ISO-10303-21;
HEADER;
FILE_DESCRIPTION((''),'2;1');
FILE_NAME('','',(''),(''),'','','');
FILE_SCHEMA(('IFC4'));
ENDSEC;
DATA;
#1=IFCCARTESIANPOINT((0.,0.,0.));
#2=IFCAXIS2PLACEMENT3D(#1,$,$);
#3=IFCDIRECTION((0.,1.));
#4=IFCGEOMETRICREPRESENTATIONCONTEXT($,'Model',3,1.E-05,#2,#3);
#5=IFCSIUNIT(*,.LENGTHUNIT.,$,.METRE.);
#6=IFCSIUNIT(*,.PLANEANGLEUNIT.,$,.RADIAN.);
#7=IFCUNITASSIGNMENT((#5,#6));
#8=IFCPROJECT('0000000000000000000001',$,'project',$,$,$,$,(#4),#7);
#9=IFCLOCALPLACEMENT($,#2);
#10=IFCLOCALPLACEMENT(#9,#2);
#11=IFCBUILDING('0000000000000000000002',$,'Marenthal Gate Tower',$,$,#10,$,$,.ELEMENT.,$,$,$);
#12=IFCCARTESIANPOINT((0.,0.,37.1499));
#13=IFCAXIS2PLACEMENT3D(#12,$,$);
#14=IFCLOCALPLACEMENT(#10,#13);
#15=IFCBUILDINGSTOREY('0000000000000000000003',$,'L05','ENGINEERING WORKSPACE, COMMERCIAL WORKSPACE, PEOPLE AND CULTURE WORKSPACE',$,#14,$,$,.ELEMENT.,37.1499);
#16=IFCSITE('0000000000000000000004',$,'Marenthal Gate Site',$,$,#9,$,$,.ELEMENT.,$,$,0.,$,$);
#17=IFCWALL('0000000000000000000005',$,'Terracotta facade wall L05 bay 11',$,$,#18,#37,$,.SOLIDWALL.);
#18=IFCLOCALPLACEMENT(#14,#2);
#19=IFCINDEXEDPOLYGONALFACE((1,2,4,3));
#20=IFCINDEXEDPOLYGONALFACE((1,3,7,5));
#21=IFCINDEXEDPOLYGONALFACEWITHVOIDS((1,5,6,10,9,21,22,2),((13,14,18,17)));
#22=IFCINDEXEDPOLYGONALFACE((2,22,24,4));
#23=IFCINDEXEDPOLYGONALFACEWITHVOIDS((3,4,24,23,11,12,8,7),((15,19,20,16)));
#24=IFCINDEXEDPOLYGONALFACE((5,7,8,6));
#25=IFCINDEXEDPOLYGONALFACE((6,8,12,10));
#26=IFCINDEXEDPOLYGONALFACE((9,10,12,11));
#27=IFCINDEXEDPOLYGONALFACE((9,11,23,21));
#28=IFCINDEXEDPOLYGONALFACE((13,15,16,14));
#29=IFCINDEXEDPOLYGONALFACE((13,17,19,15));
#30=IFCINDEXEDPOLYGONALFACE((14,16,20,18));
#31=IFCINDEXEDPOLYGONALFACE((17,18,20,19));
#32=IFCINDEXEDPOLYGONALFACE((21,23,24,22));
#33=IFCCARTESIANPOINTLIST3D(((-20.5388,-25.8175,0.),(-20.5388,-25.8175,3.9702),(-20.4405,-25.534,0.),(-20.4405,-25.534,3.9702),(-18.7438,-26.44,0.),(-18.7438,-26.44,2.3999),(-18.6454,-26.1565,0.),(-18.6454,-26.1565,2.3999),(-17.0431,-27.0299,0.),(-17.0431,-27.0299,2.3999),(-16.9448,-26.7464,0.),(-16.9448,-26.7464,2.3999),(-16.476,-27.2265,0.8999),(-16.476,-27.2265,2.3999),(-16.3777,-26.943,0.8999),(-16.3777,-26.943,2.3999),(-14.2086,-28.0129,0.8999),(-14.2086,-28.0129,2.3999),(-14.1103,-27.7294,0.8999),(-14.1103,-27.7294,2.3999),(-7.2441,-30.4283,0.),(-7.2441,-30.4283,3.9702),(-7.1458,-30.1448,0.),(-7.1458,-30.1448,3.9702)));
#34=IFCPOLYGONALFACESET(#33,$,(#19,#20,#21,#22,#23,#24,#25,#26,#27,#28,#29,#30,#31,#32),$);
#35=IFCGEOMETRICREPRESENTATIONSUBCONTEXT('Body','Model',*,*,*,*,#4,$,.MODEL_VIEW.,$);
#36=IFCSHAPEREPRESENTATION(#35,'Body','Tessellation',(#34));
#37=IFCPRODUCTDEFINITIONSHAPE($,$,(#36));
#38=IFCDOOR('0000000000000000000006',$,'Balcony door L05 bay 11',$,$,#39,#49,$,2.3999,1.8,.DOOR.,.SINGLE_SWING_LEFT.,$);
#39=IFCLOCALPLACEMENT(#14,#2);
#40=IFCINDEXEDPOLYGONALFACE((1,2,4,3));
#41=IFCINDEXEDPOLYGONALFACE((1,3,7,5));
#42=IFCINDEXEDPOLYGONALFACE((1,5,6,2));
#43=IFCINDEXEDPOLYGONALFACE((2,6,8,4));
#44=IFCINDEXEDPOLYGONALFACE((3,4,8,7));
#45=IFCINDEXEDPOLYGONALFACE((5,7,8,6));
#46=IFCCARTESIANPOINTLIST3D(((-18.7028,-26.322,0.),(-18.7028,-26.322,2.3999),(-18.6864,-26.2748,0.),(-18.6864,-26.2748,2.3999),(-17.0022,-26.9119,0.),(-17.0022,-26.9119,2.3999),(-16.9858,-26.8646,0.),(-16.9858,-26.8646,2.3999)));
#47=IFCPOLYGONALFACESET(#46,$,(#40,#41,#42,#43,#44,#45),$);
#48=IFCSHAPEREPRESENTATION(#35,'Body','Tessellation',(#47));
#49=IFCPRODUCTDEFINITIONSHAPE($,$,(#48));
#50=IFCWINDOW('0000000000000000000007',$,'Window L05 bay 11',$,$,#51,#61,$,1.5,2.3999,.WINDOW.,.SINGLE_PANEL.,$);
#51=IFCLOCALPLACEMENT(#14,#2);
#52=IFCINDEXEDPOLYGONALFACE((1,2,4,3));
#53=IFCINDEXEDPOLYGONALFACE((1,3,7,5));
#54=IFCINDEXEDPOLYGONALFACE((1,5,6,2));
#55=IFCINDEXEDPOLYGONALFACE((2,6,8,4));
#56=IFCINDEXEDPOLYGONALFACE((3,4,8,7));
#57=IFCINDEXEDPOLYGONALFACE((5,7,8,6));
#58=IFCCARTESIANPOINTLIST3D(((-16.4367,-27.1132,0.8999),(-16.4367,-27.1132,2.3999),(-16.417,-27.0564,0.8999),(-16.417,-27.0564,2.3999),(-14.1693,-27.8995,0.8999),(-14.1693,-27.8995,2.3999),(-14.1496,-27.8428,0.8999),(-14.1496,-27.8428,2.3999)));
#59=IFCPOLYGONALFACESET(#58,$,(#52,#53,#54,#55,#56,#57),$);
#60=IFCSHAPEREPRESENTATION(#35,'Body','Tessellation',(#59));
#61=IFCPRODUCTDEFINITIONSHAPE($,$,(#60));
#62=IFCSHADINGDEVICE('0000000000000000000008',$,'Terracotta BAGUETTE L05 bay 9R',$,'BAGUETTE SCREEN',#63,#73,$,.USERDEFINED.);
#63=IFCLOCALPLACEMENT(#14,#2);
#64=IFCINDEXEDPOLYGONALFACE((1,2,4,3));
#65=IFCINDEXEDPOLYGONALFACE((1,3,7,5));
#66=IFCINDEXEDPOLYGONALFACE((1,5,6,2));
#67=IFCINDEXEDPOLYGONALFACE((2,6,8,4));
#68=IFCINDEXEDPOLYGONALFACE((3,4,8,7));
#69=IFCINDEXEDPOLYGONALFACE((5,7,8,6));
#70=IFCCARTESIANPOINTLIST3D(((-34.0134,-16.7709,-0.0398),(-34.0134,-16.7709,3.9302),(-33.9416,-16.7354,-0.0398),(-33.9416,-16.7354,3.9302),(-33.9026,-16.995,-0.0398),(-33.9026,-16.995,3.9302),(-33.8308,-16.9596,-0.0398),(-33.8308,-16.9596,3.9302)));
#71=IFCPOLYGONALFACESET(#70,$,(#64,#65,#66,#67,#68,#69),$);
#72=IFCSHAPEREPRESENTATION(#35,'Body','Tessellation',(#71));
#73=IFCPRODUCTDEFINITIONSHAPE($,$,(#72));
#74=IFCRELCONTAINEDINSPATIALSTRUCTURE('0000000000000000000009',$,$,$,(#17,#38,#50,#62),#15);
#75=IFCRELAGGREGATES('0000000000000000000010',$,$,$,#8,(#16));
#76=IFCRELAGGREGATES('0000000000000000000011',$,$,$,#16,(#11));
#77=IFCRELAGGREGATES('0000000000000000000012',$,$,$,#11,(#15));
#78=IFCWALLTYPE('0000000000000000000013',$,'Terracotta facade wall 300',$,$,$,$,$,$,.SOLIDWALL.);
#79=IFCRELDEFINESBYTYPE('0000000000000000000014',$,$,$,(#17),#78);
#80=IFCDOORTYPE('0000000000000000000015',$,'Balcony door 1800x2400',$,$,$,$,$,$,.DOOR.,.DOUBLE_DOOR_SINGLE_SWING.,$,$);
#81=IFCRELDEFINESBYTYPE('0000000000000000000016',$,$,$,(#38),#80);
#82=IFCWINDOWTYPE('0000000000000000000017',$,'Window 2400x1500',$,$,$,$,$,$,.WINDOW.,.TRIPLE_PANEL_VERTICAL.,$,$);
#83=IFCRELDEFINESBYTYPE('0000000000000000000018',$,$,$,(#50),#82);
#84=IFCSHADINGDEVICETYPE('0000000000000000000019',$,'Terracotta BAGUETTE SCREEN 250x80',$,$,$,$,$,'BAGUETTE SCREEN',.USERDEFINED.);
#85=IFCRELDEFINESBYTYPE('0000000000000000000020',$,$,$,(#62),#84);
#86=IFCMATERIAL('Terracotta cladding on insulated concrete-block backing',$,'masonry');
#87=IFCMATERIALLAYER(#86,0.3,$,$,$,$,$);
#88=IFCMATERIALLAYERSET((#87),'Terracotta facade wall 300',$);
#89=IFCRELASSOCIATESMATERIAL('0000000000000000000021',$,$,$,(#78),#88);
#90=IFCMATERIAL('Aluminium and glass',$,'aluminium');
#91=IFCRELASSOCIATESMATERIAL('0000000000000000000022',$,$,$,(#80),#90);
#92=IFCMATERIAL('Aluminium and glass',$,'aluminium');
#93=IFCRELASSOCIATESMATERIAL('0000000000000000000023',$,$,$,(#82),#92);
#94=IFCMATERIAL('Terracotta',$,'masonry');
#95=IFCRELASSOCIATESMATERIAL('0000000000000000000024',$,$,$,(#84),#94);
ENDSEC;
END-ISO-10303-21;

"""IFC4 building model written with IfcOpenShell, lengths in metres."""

from ifc_helpers import new_model, si_unit, direction, frame, frame_2d, origin, origin_2d, place, context, subcontext, project, spatial, rectangle, extrude, material, layer, layer_set, material_profile, profile_set, type_object, element, fill, save


model = new_model("IFC4")

# Units and contexts
model_context = context("Model", 3, precision=1e-05, world=origin(), true_north=direction((0.0, 1.0)))
body_context = subcontext(model_context, "Body", "Model", "MODEL_VIEW")
ifc_project = project(units=[si_unit("LENGTHUNIT", "METRE"), si_unit("PLANEANGLEUNIT", "RADIAN")], contexts=[model_context])

# Site, building, storey
site_placement = place(None, origin())
site = spatial("IfcSite", under=ifc_project, at=site_placement, Name="Marenthal Gate Site", CompositionType="ELEMENT", RefElevation=0.0)
building_placement = place(site_placement, origin())
building = spatial("IfcBuilding", under=site, at=building_placement, Name="Marenthal Gate Tower", CompositionType="ELEMENT")
storey_placement = place(building_placement, frame((0.0, 0.0, 37.1499)))
storey = spatial("IfcBuildingStorey", under=building, at=storey_placement, Name="L05", Description="ENGINEERING WORKSPACE, COMMERCIAL WORKSPACE, PEOPLE AND CULTURE WORKSPACE", CompositionType="ELEMENT", Elevation=37.1499)

# Wall, openings, door, window
ifc_material_1 = material(Name="Terracotta cladding on insulated concrete-block backing", Category="masonry")
ifc_layer_1 = layer(ifc_material_1, 0.3)
ifc_layer_set_1 = layer_set([ifc_layer_1], Name="Terracotta facade wall 300")
wall_type = type_object("IfcWallType", Name="Terracotta facade wall 300", PredefinedType="SOLIDWALL", material=ifc_layer_set_1)
wall_placement = place(storey_placement, frame((-20.4895, -25.6758, 0.0), z_axis=(0.0, 0.0, 1.0), x_axis=(0.944792, -0.327671, 0.0)))
wall = element("IfcWall", 1, at=wall_placement, inside=storey, type_object=wall_type, Name="Terracotta facade wall L05 bay 11", PredefinedType="SOLIDWALL", context=body_context, shape_type="SweptSolid", body=[
    extrude(rectangle(XDim=14.0715, YDim=0.3, at=frame_2d((7.0356, 0.0))), origin(), (0.0, 0.0, 1.0), 3.9702),
])
opening_1_placement = place(wall_placement, frame((1.8999, 0.0, 0.0)))
opening_1 = element("IfcOpeningElement", 2, at=opening_1_placement, cuts=wall, PredefinedType="OPENING", context=body_context, shape_type="SweptSolid", body=[
    extrude(rectangle(XDim=1.8, YDim=2.3999, at=frame_2d((0.8999, 1.2))), frame((0.0, 0.1602, 0.0), z_axis=(0.0, -1.0, 0.0), x_axis=(1.0, 0.0, 0.0)), (0.0, 0.0, 1.0), 0.3201),
])
opening_2_placement = place(wall_placement, frame((4.3, 0.0, 0.8999)))
opening_2 = element("IfcOpeningElement", 3, at=opening_2_placement, cuts=wall, PredefinedType="OPENING", context=body_context, shape_type="SweptSolid", body=[
    extrude(rectangle(XDim=2.3999, YDim=1.5, at=frame_2d((1.2, 0.75))), frame((0.0, 0.1602, 0.0), z_axis=(0.0, -1.0, 0.0), x_axis=(1.0, 0.0, 0.0)), (0.0, 0.0, 1.0), 0.3201),
])
ifc_material_2 = material(Name="Aluminium and glass", Category="aluminium")
door_type = type_object("IfcDoorType", Name="Balcony door 1800x2400", OperationType="DOUBLE_DOOR_SINGLE_SWING", PredefinedType="DOOR", material=ifc_material_2)
door_placement = place(opening_1_placement, origin())
door = element("IfcDoor", 4, at=door_placement, inside=storey, type_object=door_type, Name="Balcony door L05 bay 11", OperationType="SINGLE_SWING_LEFT", OverallHeight=2.3999, OverallWidth=1.8, PredefinedType="DOOR", context=body_context, shape_type="SweptSolid", body=[
    extrude(rectangle(XDim=1.8, YDim=2.3999, at=frame_2d((0.8999, 1.2))), frame((0.0, 0.0249, 0.0), z_axis=(0.0, -1.0, 0.0), x_axis=(1.0, 0.0, 0.0)), (0.0, 0.0, 1.0), 0.05),
])
fill(opening_1, door)
ifc_material_3 = material(Name="Aluminium and glass", Category="aluminium")
window_type = type_object("IfcWindowType", Name="Window 2400x1500", PartitioningType="TRIPLE_PANEL_VERTICAL", PredefinedType="WINDOW", material=ifc_material_3)
window_placement = place(opening_2_placement, origin())
window = element("IfcWindow", 5, at=window_placement, inside=storey, type_object=window_type, Name="Window L05 bay 11", OverallHeight=1.5, OverallWidth=2.3999, PartitioningType="SINGLE_PANEL", PredefinedType="WINDOW", context=body_context, shape_type="SweptSolid", body=[
    extrude(rectangle(XDim=2.3999, YDim=1.5, at=frame_2d((1.2, 0.75))), frame((0.0, 0.03, 0.0), z_axis=(0.0, -1.0, 0.0), x_axis=(1.0, 0.0, 0.0)), (0.0, 0.0, 1.0), 0.0601),
])
fill(opening_2, window)

# Shading device
ifc_material_4 = material(Name="Terracotta", Category="masonry")
ifc_material_profile_1 = material_profile(ifc_material_4, rectangle(XDim=0.25, YDim=0.0801, at=origin_2d()), Name="Terracotta baguette 250x80")
ifc_profile_set_1 = profile_set([ifc_material_profile_1], Name="Terracotta")
shading_device_type = type_object("IfcShadingDeviceType", Name="Terracotta BAGUETTE SCREEN 250x80", ElementType="BAGUETTE SCREEN", PredefinedType="USERDEFINED", material=ifc_profile_set_1)
shading_device_placement = place(storey_placement, frame((-33.9221, -16.8652, -0.0398), z_axis=(0.0, 0.0, 1.0), x_axis=(0.44312, -0.896462, 0.0)))
element("IfcShadingDevice", 6, at=shading_device_placement, inside=storey, type_object=shading_device_type, Name="Terracotta BAGUETTE L05 bay 9R", ObjectType="BAGUETTE SCREEN", PredefinedType="USERDEFINED", context=body_context, shape_type="SweptSolid", body=[
    extrude(rectangle(XDim=0.25, YDim=0.0801, at=origin_2d()), origin(), (0.0, 0.0, 1.0), 3.97),
])

save(model, "model.ifc")
